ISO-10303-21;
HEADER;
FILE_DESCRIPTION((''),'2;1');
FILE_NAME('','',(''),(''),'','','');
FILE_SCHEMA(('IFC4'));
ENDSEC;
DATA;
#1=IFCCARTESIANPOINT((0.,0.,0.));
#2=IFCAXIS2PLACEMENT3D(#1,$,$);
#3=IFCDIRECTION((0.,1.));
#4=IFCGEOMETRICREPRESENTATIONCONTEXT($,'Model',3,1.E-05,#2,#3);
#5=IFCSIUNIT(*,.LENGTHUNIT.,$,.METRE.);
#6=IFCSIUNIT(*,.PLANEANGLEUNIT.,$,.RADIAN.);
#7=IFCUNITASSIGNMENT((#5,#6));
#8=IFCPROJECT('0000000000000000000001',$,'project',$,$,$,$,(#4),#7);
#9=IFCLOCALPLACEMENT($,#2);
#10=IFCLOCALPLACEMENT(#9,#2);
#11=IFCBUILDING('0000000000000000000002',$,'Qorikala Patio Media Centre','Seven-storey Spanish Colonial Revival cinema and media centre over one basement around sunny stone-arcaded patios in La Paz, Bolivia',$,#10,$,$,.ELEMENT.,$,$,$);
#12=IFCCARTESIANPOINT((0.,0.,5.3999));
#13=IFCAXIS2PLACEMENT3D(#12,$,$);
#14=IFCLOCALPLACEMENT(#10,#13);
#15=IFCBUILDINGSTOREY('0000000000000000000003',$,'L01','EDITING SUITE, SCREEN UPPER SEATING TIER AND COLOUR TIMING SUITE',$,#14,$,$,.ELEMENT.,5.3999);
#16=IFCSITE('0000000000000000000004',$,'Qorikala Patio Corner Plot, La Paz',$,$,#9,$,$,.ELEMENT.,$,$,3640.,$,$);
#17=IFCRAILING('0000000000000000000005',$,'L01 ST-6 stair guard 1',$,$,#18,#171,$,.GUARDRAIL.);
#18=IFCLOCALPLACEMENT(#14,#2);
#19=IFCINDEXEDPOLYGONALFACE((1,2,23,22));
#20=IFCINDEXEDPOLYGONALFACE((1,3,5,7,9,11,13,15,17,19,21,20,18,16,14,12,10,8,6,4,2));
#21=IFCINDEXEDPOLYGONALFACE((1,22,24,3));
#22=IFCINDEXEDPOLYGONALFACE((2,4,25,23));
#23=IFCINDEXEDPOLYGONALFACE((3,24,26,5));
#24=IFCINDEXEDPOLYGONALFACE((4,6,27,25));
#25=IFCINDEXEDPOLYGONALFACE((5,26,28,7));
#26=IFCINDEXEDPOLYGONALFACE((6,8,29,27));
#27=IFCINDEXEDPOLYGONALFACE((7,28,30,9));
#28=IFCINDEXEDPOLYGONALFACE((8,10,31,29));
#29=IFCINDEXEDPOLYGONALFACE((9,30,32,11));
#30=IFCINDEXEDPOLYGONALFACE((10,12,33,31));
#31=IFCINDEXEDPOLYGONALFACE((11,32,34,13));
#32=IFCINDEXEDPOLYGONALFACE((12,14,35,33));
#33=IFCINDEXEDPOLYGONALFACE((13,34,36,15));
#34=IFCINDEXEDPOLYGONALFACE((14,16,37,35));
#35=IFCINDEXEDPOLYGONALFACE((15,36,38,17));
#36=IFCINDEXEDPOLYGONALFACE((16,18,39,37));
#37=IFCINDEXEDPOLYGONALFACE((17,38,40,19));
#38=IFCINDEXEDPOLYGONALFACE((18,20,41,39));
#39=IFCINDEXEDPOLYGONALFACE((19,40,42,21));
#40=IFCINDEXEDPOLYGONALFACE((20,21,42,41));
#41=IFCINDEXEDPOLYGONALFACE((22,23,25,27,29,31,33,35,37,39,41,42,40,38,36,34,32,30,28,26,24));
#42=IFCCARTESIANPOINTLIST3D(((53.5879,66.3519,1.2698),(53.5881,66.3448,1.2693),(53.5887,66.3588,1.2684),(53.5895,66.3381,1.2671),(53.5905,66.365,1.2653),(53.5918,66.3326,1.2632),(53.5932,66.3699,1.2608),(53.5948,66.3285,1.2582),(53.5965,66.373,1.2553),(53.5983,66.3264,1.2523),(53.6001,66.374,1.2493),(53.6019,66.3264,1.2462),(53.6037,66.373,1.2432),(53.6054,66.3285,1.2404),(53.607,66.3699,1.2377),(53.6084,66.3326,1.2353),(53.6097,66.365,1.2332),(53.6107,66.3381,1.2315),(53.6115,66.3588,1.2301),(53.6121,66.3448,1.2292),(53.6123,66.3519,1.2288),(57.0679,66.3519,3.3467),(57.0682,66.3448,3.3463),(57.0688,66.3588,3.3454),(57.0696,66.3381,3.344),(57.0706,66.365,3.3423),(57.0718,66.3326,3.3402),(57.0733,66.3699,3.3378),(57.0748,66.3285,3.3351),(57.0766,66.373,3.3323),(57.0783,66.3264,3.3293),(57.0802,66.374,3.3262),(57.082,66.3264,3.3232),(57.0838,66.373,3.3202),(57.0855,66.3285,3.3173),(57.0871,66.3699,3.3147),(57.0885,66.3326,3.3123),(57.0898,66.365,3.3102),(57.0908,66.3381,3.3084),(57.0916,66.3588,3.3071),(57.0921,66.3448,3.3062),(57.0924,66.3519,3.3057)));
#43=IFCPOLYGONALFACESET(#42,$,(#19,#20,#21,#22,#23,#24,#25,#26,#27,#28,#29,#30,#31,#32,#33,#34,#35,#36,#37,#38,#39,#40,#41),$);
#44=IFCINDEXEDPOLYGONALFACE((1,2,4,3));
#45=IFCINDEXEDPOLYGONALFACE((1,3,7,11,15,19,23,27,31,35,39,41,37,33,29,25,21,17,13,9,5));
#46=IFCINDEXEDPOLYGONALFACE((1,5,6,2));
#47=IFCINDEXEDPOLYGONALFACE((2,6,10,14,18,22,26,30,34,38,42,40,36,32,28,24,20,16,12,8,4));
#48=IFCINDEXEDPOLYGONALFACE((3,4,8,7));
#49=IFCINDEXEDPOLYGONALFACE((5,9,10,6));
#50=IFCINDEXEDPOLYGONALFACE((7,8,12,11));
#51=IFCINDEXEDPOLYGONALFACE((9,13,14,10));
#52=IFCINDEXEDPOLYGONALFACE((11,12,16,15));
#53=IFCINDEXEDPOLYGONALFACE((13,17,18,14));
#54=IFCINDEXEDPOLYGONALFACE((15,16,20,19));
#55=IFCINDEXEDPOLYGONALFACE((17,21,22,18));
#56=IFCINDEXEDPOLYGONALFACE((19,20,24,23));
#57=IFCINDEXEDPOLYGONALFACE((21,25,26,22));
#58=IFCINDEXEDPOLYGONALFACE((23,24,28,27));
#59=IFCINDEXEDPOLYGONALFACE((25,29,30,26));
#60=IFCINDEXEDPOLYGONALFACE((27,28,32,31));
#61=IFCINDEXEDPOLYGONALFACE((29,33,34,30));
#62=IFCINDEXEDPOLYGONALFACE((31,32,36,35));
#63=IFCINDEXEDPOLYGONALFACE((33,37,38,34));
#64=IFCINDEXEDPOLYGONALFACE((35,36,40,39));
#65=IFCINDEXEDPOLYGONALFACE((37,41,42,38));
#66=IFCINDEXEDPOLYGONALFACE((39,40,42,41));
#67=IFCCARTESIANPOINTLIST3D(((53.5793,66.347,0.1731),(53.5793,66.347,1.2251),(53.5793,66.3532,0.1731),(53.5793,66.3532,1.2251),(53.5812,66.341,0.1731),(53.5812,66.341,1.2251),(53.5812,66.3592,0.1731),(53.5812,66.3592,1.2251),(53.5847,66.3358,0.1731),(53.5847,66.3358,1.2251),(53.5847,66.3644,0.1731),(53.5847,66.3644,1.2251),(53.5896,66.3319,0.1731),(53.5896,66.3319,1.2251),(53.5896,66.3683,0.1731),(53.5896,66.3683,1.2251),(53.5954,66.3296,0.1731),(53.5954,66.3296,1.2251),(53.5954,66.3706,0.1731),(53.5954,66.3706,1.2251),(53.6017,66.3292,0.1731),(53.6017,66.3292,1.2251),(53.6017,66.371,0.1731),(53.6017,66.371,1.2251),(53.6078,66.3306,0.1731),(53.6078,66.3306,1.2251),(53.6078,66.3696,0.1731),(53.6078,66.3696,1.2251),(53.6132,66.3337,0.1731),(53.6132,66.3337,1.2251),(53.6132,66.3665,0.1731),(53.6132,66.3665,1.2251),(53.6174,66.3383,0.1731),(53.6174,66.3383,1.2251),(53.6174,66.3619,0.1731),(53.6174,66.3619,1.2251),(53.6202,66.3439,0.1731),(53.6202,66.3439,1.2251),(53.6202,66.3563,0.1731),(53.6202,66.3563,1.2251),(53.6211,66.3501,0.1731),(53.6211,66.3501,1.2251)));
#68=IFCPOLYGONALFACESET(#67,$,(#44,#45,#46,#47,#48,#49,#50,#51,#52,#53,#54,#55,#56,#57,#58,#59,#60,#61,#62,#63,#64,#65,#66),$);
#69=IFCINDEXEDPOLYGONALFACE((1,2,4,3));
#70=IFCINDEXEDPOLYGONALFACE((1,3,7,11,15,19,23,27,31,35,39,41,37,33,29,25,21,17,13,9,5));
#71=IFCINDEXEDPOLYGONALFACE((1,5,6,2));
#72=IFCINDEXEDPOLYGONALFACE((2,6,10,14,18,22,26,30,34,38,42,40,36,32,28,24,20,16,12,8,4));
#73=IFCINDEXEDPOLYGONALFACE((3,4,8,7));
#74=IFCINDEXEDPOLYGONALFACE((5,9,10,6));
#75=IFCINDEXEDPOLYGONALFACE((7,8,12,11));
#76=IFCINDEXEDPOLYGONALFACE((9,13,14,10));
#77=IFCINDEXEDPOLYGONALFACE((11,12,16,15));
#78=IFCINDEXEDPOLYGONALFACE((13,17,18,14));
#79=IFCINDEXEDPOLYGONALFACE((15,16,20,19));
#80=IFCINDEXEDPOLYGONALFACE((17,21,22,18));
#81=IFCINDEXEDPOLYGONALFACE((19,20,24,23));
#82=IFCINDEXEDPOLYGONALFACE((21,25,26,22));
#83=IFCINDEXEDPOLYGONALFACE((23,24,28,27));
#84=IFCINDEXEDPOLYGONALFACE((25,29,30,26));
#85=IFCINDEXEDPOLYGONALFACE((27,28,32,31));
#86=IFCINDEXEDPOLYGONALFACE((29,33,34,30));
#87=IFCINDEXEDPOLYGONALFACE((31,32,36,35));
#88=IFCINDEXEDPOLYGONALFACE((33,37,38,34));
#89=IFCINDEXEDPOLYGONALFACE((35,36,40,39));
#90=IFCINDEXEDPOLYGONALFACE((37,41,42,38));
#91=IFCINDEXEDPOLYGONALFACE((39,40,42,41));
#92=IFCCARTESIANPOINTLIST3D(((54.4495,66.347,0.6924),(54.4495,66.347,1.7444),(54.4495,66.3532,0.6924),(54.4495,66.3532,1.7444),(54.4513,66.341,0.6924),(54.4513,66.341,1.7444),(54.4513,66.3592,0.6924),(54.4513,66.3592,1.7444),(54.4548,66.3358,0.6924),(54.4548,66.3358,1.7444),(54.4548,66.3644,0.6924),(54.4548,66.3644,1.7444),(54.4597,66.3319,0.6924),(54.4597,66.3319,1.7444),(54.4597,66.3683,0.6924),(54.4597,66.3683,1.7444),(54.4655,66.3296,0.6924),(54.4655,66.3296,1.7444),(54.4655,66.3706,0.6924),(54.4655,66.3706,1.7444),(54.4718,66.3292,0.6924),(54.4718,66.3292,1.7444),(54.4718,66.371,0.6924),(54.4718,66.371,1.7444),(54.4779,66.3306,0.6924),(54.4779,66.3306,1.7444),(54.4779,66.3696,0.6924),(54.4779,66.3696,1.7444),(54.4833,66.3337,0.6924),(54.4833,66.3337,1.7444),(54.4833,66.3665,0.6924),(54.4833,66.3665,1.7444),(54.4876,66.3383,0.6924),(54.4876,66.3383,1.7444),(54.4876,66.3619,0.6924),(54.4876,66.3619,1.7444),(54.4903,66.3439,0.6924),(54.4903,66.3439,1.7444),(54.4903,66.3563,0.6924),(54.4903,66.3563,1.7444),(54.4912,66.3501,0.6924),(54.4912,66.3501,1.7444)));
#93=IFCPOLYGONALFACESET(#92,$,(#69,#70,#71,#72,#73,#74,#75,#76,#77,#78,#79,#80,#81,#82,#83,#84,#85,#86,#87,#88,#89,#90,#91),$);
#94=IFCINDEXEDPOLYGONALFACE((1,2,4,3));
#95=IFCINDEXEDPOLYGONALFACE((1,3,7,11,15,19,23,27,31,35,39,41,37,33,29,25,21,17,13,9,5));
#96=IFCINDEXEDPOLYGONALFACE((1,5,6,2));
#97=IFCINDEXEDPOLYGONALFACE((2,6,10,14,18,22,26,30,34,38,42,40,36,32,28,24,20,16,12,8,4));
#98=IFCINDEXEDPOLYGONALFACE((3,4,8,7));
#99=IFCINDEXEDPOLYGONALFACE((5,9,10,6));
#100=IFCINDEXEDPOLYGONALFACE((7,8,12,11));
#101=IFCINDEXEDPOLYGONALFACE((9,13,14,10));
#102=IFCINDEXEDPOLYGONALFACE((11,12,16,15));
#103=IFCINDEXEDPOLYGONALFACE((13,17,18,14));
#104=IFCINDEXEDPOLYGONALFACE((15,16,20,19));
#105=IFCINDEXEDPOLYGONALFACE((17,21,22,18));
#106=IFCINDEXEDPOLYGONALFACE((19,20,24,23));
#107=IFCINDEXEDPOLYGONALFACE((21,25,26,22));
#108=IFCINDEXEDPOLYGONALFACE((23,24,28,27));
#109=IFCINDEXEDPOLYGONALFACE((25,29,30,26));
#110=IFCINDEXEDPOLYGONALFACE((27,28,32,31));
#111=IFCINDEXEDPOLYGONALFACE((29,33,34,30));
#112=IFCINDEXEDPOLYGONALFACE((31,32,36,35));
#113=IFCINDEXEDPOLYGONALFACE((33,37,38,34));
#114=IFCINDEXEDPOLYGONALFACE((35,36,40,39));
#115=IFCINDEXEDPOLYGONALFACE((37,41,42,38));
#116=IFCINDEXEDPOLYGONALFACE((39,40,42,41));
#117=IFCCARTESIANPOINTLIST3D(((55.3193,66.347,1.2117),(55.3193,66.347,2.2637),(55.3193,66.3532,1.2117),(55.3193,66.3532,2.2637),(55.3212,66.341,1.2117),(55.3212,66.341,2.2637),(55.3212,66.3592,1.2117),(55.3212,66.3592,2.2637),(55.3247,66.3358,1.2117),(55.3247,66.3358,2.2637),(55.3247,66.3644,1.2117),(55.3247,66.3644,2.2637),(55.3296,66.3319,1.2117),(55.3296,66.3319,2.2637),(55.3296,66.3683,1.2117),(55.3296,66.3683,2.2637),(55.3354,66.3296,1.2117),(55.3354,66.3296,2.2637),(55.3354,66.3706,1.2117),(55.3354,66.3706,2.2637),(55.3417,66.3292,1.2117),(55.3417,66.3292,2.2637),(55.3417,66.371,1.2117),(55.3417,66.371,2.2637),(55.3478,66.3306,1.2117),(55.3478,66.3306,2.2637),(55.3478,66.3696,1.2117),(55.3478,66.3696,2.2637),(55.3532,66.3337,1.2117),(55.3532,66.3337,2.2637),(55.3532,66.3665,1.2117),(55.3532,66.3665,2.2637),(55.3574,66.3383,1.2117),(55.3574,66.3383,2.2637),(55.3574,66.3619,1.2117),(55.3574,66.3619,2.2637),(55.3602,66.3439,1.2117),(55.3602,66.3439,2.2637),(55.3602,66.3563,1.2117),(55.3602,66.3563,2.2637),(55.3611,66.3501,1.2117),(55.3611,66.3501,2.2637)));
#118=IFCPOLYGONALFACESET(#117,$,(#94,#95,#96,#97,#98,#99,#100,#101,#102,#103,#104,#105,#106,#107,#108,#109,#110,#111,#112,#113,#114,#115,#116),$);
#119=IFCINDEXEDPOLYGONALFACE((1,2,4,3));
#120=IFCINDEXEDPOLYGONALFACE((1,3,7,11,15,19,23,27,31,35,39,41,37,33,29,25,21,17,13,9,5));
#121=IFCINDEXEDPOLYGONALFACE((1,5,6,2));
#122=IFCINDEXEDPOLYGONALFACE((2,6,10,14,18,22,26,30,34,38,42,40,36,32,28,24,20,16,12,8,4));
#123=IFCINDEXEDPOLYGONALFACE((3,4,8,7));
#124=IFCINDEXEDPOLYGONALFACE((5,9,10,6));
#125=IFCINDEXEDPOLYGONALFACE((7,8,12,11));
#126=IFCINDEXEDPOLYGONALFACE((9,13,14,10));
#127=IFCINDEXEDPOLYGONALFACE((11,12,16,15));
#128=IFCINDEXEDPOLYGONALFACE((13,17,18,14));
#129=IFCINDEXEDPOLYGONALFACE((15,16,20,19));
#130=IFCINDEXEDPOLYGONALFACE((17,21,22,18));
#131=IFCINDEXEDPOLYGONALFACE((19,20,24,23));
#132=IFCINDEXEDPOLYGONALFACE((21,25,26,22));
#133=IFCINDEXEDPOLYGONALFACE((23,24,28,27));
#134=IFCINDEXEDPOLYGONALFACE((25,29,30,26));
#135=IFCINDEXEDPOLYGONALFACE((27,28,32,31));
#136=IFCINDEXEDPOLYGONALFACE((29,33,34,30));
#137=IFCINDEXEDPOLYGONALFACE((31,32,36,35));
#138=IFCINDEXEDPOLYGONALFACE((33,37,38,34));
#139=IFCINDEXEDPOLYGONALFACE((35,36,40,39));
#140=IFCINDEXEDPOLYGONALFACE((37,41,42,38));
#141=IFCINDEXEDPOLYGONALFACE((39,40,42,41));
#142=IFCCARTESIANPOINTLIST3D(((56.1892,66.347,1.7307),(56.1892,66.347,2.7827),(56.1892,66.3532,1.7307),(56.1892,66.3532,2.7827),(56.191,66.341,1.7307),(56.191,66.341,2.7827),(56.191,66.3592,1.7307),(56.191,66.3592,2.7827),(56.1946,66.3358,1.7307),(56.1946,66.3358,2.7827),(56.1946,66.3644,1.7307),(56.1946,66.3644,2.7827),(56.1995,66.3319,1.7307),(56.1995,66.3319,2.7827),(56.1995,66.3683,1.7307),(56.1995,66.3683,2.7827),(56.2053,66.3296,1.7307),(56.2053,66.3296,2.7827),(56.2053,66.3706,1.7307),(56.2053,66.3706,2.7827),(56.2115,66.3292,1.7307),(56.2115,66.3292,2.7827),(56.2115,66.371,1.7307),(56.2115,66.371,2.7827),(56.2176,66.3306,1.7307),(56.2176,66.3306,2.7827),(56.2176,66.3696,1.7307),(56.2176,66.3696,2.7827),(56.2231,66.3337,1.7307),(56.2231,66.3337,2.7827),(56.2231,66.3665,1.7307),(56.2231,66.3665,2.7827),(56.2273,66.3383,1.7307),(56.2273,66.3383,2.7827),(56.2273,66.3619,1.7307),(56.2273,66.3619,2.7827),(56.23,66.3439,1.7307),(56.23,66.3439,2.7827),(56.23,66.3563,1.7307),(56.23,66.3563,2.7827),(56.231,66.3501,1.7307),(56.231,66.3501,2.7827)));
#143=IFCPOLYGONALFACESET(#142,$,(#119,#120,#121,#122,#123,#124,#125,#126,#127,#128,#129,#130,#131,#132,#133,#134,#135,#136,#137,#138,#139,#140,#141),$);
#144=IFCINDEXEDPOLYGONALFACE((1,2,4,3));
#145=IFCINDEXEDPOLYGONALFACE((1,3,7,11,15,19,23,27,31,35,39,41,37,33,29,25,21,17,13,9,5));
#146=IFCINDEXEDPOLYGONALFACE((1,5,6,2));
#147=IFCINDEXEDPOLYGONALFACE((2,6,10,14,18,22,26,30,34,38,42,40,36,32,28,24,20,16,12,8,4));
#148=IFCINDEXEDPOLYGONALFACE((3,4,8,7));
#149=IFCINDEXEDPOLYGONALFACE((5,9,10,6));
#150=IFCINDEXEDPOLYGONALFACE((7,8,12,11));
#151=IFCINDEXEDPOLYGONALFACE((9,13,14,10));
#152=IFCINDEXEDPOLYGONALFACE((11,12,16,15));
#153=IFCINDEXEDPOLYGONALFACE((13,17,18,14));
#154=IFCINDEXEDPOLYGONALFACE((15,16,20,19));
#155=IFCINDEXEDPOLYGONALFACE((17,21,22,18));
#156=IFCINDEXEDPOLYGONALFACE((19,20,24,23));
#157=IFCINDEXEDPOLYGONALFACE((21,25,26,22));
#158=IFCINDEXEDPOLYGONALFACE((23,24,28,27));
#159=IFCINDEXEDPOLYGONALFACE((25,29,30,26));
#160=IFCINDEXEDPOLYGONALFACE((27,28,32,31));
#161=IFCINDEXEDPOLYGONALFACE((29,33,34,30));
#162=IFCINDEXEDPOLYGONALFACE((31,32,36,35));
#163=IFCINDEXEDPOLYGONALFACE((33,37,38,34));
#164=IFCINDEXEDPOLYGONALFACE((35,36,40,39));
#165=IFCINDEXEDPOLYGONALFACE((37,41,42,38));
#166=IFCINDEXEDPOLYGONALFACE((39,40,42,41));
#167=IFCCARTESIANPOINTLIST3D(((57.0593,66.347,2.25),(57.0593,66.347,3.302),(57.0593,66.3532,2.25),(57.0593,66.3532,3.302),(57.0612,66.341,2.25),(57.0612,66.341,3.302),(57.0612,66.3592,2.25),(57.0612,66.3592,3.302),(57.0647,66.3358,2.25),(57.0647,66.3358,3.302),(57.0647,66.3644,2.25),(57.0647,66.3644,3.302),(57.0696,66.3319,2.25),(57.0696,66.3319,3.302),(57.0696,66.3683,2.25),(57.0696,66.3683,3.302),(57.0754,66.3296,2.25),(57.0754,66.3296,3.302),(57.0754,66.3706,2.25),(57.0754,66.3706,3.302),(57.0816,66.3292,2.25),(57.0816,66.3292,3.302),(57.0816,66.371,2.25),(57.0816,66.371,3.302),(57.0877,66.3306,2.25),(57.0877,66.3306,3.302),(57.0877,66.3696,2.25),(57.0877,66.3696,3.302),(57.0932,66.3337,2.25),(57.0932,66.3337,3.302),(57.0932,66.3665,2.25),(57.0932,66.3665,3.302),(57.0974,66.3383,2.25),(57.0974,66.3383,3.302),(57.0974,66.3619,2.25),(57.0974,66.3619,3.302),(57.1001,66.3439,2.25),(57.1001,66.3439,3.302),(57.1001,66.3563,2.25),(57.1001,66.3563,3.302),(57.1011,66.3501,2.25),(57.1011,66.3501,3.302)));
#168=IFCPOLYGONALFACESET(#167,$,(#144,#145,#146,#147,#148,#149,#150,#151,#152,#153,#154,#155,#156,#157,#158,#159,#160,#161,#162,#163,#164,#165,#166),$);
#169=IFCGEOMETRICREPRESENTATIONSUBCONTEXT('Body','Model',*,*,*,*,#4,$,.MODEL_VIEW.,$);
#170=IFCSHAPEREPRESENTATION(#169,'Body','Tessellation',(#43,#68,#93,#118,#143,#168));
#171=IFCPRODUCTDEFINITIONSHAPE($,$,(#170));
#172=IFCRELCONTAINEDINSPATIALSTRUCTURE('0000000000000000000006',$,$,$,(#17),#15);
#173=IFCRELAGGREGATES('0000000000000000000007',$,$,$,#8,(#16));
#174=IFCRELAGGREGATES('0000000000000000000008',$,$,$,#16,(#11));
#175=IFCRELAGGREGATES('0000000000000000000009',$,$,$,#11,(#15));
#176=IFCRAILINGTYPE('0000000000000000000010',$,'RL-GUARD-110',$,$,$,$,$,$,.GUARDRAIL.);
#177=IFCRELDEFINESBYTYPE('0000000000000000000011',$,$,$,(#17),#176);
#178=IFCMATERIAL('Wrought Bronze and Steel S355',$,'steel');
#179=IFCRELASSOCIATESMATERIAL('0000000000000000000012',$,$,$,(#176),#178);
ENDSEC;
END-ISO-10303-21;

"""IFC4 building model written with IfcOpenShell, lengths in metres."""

from ifc_helpers import new_model, si_unit, direction, frame, origin, origin_2d, place, context, subcontext, project, spatial, circle, extrude, material, type_object, element, save


model = new_model("IFC4")

# Units and contexts
model_context = context("Model", 3, precision=1e-05, world=origin(), true_north=direction((0.0, 1.0)))
body_context = subcontext(model_context, "Body", "Model", "MODEL_VIEW")
ifc_project = project(units=[si_unit("LENGTHUNIT", "METRE"), si_unit("PLANEANGLEUNIT", "RADIAN")], contexts=[model_context])

# Site, building, storey
site_placement = place(None, origin())
site = spatial("IfcSite", under=ifc_project, at=site_placement, Name="Qorikala Patio Corner Plot, La Paz", CompositionType="ELEMENT", RefElevation=3640.0)
building_placement = place(site_placement, origin())
building = spatial("IfcBuilding", under=site, at=building_placement, Name="Qorikala Patio Media Centre", Description="Seven-storey Spanish Colonial Revival cinema and media centre over one basement around sunny stone-arcaded patios in La Paz, Bolivia", CompositionType="ELEMENT")
storey_placement = place(building_placement, frame((0.0, 0.0, 5.3999)))
storey = spatial("IfcBuildingStorey", under=building, at=storey_placement, Name="L01", Description="EDITING SUITE, SCREEN UPPER SEATING TIER AND COLOUR TIMING SUITE", CompositionType="ELEMENT", Elevation=5.3999)

# Railing
ifc_material_1 = material(Name="Wrought Bronze and Steel S355", Category="steel")
railing_type_1 = type_object("IfcRailingType", Name="RL-GUARD-110", PredefinedType="GUARDRAIL", material=ifc_material_1)
railing_1_placement = place(storey_placement, frame((53.6001, 66.3501, 0.1731)))
element("IfcRailing", 1, at=railing_1_placement, inside=storey, type_object=railing_type_1, Name="L01 ST-6 stair guard 1", PredefinedType="GUARDRAIL", context=body_context, shape_type="SweptSolid", body=[
    extrude(circle(Radius=0.0239, at=origin_2d()), frame((0.0, 0.0, 1.0762), z_axis=(0.858697, 0.0, 0.512483), x_axis=(0.0, 1.0, 0.0)), (0.0, 0.0, 1.0), 4.0527),
    extrude(circle(Radius=0.021, at=origin_2d()), origin(), (0.0, 0.0, 1.0), 1.052),
    extrude(circle(Radius=0.021, at=origin_2d()), frame((0.8701, 0.0, 0.5193)), (0.0, 0.0, 1.0), 1.052),
    extrude(circle(Radius=0.021, at=origin_2d()), frame((1.74, 0.0, 1.0386)), (0.0, 0.0, 1.0), 1.052),
    extrude(circle(Radius=0.021, at=origin_2d()), frame((2.6099, 0.0, 1.5576)), (0.0, 0.0, 1.0), 1.052),
    extrude(circle(Radius=0.021, at=origin_2d()), frame((3.48, 0.0, 2.0769)), (0.0, 0.0, 1.0), 1.052),
])

save(model, "model.ifc")
